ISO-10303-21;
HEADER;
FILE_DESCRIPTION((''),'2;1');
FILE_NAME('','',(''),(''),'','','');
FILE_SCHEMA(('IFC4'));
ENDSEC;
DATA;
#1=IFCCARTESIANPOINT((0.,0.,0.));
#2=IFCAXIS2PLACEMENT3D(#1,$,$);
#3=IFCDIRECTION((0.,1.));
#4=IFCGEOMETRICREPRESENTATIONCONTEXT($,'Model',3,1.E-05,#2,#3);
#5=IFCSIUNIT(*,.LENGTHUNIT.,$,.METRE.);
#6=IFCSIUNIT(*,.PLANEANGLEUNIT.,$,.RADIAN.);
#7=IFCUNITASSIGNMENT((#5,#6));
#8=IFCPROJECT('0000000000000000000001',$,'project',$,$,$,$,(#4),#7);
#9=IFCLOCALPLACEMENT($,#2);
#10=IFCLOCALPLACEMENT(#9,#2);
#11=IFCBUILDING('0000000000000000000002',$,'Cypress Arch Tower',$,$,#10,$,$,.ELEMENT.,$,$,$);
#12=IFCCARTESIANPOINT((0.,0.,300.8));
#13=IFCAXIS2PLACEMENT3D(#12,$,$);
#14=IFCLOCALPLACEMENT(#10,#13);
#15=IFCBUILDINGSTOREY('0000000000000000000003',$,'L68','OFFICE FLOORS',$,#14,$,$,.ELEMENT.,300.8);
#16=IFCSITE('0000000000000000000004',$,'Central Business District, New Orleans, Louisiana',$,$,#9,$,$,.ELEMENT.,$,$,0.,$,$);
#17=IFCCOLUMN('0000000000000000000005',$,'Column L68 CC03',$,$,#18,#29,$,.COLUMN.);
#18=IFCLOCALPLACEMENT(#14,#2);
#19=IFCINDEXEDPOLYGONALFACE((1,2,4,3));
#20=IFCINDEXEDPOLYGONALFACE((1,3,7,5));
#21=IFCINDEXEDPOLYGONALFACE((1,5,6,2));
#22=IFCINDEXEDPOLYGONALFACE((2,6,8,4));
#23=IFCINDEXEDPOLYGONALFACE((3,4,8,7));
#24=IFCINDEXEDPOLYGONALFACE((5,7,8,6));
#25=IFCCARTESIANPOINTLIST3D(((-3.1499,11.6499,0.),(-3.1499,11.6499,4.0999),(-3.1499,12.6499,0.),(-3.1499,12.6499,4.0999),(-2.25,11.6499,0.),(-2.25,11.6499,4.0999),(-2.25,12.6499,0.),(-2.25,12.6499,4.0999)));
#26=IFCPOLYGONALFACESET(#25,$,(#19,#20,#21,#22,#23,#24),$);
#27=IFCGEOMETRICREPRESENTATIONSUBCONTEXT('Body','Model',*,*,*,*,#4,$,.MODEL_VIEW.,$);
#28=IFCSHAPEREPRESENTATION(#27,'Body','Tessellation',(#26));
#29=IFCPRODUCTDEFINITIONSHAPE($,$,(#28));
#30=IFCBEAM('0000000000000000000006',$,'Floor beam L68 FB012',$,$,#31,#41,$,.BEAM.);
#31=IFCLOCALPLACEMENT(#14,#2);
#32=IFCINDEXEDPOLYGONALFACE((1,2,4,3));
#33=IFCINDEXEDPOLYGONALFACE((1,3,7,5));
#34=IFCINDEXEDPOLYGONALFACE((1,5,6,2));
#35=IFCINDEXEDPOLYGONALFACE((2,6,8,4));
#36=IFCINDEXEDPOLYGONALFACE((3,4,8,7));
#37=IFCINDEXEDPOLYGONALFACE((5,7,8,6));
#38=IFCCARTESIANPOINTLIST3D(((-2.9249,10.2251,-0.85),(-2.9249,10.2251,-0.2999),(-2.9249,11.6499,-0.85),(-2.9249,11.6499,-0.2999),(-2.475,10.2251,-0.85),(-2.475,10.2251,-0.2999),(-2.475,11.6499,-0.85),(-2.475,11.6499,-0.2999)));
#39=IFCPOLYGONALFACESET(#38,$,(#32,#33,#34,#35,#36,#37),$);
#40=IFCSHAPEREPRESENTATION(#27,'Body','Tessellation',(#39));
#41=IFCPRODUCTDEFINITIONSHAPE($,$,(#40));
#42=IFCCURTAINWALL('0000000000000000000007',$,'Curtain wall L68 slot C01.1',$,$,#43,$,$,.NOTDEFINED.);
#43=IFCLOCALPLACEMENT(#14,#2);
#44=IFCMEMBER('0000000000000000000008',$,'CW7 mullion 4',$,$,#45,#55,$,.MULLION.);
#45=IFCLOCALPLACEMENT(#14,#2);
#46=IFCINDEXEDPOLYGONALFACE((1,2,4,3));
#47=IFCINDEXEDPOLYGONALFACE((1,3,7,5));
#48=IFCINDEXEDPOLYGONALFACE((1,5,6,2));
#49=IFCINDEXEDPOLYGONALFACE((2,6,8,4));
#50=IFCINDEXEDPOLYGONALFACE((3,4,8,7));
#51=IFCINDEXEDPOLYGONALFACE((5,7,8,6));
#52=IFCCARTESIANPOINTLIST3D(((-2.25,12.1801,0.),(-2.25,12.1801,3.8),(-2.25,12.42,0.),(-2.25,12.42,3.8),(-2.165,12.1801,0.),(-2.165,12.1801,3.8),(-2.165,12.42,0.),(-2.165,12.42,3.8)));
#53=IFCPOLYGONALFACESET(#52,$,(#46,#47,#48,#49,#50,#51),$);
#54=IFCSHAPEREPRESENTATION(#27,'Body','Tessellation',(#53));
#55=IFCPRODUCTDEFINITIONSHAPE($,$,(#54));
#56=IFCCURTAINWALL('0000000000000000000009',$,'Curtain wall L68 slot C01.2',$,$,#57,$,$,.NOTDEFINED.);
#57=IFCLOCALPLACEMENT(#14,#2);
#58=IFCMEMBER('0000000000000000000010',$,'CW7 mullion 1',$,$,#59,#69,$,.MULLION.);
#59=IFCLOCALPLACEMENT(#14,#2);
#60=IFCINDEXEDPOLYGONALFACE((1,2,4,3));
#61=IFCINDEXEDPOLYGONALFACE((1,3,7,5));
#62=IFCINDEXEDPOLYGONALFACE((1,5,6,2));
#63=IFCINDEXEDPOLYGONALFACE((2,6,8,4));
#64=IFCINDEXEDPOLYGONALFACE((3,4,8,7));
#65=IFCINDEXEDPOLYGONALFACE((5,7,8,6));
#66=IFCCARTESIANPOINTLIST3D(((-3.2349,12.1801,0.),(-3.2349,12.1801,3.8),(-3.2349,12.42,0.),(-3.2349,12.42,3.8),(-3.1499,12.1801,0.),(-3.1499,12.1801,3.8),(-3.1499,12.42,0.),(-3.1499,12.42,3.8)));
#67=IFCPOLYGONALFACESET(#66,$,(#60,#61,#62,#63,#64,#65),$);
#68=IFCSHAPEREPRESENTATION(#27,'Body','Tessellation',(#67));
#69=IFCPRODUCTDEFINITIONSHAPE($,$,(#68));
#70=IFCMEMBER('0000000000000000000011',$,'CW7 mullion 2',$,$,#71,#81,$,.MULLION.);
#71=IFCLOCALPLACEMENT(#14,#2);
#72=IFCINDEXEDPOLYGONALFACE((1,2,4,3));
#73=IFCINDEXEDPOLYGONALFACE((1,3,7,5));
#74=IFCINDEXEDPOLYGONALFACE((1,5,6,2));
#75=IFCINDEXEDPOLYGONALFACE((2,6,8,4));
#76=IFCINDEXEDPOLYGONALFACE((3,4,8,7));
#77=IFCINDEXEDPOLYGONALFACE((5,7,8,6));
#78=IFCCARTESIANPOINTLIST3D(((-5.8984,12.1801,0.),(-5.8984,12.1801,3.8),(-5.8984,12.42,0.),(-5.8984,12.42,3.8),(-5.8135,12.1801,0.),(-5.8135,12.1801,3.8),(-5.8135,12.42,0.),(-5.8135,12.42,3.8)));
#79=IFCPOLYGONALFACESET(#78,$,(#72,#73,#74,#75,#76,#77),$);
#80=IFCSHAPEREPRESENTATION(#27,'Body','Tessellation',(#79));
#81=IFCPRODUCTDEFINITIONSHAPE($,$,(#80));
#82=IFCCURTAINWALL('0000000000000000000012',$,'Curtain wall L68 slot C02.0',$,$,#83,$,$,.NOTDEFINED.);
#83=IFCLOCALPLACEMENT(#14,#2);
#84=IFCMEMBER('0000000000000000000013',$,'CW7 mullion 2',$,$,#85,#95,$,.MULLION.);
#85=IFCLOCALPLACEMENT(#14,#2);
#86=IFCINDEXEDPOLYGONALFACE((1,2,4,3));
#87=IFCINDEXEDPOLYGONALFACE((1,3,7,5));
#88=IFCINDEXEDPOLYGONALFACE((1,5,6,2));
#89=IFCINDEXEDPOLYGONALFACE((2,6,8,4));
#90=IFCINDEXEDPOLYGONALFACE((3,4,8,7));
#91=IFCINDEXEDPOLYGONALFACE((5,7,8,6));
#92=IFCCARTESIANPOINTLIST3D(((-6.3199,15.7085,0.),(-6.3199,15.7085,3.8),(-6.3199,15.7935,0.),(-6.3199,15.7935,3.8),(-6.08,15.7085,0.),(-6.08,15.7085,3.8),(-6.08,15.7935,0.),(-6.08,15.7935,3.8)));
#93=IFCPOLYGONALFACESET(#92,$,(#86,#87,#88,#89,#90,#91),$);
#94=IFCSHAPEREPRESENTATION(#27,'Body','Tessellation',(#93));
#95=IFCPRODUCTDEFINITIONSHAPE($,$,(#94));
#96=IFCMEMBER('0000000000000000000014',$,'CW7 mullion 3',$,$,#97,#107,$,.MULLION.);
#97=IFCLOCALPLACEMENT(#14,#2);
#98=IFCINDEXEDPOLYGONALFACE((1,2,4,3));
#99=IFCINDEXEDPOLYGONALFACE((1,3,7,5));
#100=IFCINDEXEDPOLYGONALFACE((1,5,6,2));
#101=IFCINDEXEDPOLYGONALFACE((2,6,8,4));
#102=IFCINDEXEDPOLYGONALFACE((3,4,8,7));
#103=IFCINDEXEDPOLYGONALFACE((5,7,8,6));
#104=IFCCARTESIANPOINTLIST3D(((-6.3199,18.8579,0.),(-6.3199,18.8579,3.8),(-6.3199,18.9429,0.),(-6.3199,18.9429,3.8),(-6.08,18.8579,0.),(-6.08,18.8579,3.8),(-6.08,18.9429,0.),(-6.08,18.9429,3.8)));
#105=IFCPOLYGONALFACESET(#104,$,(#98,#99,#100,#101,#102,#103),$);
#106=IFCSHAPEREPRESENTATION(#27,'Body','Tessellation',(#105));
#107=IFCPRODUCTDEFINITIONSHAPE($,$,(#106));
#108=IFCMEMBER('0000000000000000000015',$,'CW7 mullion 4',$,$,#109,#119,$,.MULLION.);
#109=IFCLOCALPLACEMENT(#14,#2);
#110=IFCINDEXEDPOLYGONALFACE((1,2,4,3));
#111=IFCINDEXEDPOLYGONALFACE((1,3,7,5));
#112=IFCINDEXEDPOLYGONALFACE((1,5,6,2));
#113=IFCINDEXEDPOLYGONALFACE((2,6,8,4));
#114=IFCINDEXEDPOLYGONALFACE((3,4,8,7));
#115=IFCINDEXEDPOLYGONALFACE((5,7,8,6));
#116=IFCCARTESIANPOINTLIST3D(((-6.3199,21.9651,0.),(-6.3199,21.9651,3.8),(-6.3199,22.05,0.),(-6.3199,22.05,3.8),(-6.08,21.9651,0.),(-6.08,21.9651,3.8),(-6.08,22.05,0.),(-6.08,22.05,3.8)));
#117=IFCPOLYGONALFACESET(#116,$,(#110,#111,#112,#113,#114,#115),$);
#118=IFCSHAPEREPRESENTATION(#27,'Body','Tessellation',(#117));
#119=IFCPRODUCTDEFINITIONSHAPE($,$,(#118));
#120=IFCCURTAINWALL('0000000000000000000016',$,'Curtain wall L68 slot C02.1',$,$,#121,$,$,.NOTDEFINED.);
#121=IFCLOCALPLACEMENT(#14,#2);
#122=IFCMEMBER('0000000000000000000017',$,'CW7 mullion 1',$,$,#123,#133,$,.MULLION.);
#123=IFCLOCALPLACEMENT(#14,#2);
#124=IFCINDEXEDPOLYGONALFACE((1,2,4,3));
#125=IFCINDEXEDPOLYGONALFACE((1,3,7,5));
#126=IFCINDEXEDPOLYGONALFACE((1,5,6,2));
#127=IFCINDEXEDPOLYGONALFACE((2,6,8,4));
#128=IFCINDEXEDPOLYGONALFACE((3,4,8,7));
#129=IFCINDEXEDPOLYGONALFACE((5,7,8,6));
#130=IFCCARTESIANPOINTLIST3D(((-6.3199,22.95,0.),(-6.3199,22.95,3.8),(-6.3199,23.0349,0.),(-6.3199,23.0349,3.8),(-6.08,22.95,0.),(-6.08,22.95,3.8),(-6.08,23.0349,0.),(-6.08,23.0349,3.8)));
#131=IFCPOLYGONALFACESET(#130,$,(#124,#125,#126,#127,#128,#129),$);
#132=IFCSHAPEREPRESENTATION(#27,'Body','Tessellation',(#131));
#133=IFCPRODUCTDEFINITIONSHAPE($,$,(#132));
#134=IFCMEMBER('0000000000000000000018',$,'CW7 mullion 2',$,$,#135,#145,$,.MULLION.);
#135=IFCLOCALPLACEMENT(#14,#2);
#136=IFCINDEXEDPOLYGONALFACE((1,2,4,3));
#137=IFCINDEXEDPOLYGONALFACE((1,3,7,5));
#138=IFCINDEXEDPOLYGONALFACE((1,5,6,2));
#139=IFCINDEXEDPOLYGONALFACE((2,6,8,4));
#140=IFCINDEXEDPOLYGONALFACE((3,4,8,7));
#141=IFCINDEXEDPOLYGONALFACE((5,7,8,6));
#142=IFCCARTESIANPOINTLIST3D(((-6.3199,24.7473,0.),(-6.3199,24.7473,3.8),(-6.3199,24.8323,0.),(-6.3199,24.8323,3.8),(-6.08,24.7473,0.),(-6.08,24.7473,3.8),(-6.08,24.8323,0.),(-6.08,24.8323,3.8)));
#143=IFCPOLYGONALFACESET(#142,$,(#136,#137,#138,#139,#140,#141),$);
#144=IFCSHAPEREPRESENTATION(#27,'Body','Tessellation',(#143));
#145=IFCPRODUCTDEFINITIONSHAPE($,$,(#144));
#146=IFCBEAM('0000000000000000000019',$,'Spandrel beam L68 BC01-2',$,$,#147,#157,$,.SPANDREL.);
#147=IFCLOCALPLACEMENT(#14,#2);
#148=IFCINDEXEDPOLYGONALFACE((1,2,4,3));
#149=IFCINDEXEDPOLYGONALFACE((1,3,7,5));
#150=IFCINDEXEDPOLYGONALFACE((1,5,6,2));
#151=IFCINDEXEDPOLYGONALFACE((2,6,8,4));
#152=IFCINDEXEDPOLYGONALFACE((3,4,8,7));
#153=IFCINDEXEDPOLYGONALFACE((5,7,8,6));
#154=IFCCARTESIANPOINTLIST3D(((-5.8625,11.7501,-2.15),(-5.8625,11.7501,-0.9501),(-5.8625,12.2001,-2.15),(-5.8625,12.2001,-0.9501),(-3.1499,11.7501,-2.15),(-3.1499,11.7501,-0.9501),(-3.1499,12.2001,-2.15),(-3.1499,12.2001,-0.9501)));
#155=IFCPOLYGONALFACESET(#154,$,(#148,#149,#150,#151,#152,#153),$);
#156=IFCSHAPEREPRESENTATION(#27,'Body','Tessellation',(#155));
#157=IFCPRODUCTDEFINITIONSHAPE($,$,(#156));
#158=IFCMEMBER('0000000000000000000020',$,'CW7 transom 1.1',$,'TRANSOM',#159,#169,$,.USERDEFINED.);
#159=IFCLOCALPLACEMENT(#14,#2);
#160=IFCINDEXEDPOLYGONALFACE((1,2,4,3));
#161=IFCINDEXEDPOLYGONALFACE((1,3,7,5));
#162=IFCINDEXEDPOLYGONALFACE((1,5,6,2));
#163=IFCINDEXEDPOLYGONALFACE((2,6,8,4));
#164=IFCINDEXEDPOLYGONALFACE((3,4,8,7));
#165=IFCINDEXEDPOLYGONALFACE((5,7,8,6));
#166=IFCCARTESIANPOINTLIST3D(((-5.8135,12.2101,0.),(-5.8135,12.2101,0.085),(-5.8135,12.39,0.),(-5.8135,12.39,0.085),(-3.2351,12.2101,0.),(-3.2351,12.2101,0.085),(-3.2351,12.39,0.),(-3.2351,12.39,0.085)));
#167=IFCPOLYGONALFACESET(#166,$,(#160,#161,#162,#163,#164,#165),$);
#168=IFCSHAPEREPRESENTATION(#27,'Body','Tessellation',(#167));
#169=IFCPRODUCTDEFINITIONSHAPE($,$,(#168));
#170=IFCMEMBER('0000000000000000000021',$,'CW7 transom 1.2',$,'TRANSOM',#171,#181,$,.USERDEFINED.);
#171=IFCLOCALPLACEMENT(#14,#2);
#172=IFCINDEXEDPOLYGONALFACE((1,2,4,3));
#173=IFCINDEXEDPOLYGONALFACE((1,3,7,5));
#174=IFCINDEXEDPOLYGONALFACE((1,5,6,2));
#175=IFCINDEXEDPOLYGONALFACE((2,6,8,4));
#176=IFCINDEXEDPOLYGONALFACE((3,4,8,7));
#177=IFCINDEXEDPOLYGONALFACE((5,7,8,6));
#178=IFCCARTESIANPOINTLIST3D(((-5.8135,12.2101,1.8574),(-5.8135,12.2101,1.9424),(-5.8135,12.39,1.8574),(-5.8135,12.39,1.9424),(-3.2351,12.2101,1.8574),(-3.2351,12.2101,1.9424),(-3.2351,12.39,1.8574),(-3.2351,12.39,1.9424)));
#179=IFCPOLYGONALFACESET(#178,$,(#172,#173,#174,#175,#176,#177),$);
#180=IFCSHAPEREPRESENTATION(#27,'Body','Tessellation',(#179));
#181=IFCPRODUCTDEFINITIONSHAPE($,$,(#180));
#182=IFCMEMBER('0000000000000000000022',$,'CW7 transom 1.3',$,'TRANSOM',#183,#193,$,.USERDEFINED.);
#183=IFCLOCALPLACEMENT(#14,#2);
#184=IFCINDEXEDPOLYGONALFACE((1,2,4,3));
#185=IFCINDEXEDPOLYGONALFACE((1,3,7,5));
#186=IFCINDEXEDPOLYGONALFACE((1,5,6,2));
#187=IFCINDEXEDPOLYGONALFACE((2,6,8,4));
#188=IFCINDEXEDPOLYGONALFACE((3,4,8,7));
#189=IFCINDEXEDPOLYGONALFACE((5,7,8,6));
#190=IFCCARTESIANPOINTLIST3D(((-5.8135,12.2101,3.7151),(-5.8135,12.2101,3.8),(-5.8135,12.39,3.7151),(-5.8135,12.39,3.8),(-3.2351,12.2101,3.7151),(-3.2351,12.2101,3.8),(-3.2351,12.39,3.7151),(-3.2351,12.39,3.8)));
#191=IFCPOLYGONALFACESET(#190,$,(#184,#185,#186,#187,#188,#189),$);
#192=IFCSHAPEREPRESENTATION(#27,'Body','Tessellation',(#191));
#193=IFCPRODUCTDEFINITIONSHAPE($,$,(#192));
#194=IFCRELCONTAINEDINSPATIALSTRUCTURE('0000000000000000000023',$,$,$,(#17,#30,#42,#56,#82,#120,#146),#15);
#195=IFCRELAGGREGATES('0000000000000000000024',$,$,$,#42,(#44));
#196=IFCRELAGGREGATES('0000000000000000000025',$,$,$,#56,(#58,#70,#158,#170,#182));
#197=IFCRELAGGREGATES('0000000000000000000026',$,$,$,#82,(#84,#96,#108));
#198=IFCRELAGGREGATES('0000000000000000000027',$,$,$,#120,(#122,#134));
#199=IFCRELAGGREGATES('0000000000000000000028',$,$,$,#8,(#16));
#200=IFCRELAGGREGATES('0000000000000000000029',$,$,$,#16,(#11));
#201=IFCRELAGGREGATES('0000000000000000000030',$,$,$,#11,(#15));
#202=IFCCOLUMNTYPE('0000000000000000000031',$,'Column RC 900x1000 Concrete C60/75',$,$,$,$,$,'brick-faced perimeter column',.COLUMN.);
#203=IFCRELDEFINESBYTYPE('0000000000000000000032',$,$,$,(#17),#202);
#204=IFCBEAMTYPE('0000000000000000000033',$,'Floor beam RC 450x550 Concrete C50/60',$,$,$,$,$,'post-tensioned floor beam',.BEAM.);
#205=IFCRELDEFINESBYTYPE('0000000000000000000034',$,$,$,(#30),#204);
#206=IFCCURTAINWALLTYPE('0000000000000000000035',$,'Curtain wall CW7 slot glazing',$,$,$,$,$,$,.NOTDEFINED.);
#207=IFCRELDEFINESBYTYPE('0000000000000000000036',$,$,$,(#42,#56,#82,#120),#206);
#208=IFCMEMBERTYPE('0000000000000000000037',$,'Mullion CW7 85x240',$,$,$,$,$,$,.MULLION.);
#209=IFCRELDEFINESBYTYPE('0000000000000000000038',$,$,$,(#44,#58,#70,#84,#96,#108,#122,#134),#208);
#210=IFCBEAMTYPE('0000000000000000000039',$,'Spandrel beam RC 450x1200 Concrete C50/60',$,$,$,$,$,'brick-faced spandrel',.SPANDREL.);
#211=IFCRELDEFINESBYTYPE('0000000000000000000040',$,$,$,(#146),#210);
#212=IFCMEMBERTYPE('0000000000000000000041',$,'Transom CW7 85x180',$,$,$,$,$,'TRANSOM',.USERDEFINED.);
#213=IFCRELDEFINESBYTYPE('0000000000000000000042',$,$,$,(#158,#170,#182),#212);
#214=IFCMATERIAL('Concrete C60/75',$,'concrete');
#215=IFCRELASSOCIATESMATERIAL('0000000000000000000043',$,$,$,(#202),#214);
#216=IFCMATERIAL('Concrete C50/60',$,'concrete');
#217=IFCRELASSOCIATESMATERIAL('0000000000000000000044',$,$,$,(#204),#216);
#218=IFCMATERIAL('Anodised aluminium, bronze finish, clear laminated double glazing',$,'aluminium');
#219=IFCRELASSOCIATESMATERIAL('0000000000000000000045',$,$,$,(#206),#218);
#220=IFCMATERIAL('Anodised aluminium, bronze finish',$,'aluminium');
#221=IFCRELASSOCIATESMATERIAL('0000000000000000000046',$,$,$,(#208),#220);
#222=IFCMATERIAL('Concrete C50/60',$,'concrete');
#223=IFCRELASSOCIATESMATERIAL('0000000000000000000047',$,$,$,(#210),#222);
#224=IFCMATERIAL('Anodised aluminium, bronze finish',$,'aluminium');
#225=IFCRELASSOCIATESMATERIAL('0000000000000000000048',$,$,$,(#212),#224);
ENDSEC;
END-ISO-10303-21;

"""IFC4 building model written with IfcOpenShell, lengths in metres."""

from ifc_helpers import new_model, si_unit, direction, frame, origin, origin_2d, place, context, subcontext, project, spatial, rectangle, extrude, material, material_profile, profile_set, type_object, element, aggregate, save


model = new_model("IFC4")

# Units and contexts
model_context = context("Model", 3, precision=1e-05, world=origin(), true_north=direction((0.0, 1.0)))
body_context = subcontext(model_context, "Body", "Model", "MODEL_VIEW")
ifc_project = project(units=[si_unit("LENGTHUNIT", "METRE"), si_unit("PLANEANGLEUNIT", "RADIAN")], contexts=[model_context])

# Site, building, storey
site_placement = place(None, origin())
site = spatial("IfcSite", under=ifc_project, at=site_placement, Name="Central Business District, New Orleans, Louisiana", CompositionType="ELEMENT", RefElevation=0.0)
building_placement = place(site_placement, origin())
building = spatial("IfcBuilding", under=site, at=building_placement, Name="Cypress Arch Tower", CompositionType="ELEMENT")
storey_placement = place(building_placement, frame((0.0, 0.0, 300.8)))
storey = spatial("IfcBuildingStorey", under=building, at=storey_placement, Name="L68", Description="OFFICE FLOORS", CompositionType="ELEMENT", Elevation=300.8)

# Column
ifc_material_1 = material(Name="Concrete C60/75", Category="concrete")
ifc_material_profile_1 = material_profile(ifc_material_1, rectangle(XDim=0.8999, YDim=1.0, at=origin_2d()), Name="RC 900x1000")
ifc_profile_set_1 = profile_set([ifc_material_profile_1], Name="Concrete C60/75")
column_type = type_object("IfcColumnType", Name="Column RC 900x1000 Concrete C60/75", ElementType="brick-faced perimeter column", PredefinedType="COLUMN", material=ifc_profile_set_1)
column_placement = place(storey_placement, frame((-2.7, 12.1499, 0.0), z_axis=(0.0, 0.0, 1.0), x_axis=(-1.0, 0.0, 0.0)))
element("IfcColumn", 1, at=column_placement, inside=storey, type_object=column_type, Name="Column L68 CC03", PredefinedType="COLUMN", context=body_context, shape_type="SweptSolid", body=[
    extrude(rectangle(XDim=0.8999, YDim=1.0, at=origin_2d()), origin(), (0.0, 0.0, 1.0), 4.0999),
])

# Beam
ifc_material_2 = material(Name="Concrete C50/60", Category="concrete")
ifc_material_profile_2 = material_profile(ifc_material_2, rectangle(XDim=0.45, YDim=0.55, at=origin_2d()), Name="RC 450x550")
ifc_profile_set_2 = profile_set([ifc_material_profile_2], Name="Concrete C50/60")
beam_type_1 = type_object("IfcBeamType", Name="Floor beam RC 450x550 Concrete C50/60", ElementType="post-tensioned floor beam", PredefinedType="BEAM", material=ifc_profile_set_2)
beam_1_placement = place(storey_placement, frame((-2.7, 10.2251, -0.575), z_axis=(0.0, 1.0, 0.0), x_axis=(-1.0, 0.0, 0.0)))
element("IfcBeam", 2, at=beam_1_placement, inside=storey, type_object=beam_type_1, Name="Floor beam L68 FB012", PredefinedType="BEAM", context=body_context, shape_type="SweptSolid", body=[
    extrude(rectangle(XDim=0.45, YDim=0.55, at=origin_2d()), origin(), (0.0, 0.0, 1.0), 1.4248),
])

# Curtain wall, member
ifc_material_3 = material(Name="Anodised aluminium, bronze finish, clear laminated double glazing", Category="aluminium")
curtain_wall_type = type_object("IfcCurtainWallType", Name="Curtain wall CW7 slot glazing", PredefinedType="NOTDEFINED", material=ifc_material_3)
curtain_wall_1_placement = place(storey_placement, origin())
curtain_wall_1 = element("IfcCurtainWall", 3, at=curtain_wall_1_placement, inside=storey, type_object=curtain_wall_type, Name="Curtain wall L68 slot C01.1", PredefinedType="NOTDEFINED")
ifc_material_4 = material(Name="Anodised aluminium, bronze finish", Category="aluminium")
ifc_material_profile_3 = material_profile(ifc_material_4, rectangle(XDim=0.24, YDim=0.085, at=origin_2d()), Name="Mullion 85x240")
ifc_profile_set_3 = profile_set([ifc_material_profile_3], Name="Anodised aluminium, bronze finish")
member_type_1 = type_object("IfcMemberType", Name="Mullion CW7 85x240", PredefinedType="MULLION", material=ifc_profile_set_3)
member_1_placement = place(storey_placement, frame((-2.2075, 12.3, 0.0), z_axis=(0.0, 0.0, 1.0), x_axis=(0.0, -1.0, 0.0)))
member_1 = element("IfcMember", 4, at=member_1_placement, type_object=member_type_1, Name="CW7 mullion 4", PredefinedType="MULLION", context=body_context, shape_type="SweptSolid", body=[
    extrude(rectangle(XDim=0.24, YDim=0.085, at=origin_2d()), origin(), (0.0, 0.0, 1.0), 3.8),
])

# Curtain walls, members
curtain_wall_2_placement = place(storey_placement, origin())
curtain_wall_2 = element("IfcCurtainWall", 5, at=curtain_wall_2_placement, inside=storey, type_object=curtain_wall_type, Name="Curtain wall L68 slot C01.2", PredefinedType="NOTDEFINED")
member_2_placement = place(storey_placement, frame((-3.1924, 12.3, 0.0), z_axis=(0.0, 0.0, 1.0), x_axis=(0.0, -1.0, 0.0)))
member_2 = element("IfcMember", 6, at=member_2_placement, type_object=member_type_1, Name="CW7 mullion 1", PredefinedType="MULLION", context=body_context, shape_type="SweptSolid", body=[
    extrude(rectangle(XDim=0.24, YDim=0.085, at=origin_2d()), origin(), (0.0, 0.0, 1.0), 3.8),
])
member_3_placement = place(storey_placement, frame((-5.856, 12.3, 0.0), z_axis=(0.0, 0.0, 1.0), x_axis=(0.0, -1.0, 0.0)))
member_3 = element("IfcMember", 7, at=member_3_placement, type_object=member_type_1, Name="CW7 mullion 2", PredefinedType="MULLION", context=body_context, shape_type="SweptSolid", body=[
    extrude(rectangle(XDim=0.24, YDim=0.085, at=origin_2d()), origin(), (0.0, 0.0, 1.0), 3.8),
])
curtain_wall_3_placement = place(storey_placement, origin())
curtain_wall_3 = element("IfcCurtainWall", 8, at=curtain_wall_3_placement, inside=storey, type_object=curtain_wall_type, Name="Curtain wall L68 slot C02.0", PredefinedType="NOTDEFINED")
member_4_placement = place(storey_placement, frame((-6.2, 15.751, 0.0), z_axis=(0.0, 0.0, 1.0), x_axis=(-1.0, 0.0, 0.0)))
member_4 = element("IfcMember", 9, at=member_4_placement, type_object=member_type_1, Name="CW7 mullion 2", PredefinedType="MULLION", context=body_context, shape_type="SweptSolid", body=[
    extrude(rectangle(XDim=0.24, YDim=0.085, at=origin_2d()), origin(), (0.0, 0.0, 1.0), 3.8),
])
member_5_placement = place(storey_placement, frame((-6.2, 18.9004, 0.0), z_axis=(0.0, 0.0, 1.0), x_axis=(-1.0, 0.0, 0.0)))
member_5 = element("IfcMember", 10, at=member_5_placement, type_object=member_type_1, Name="CW7 mullion 3", PredefinedType="MULLION", context=body_context, shape_type="SweptSolid", body=[
    extrude(rectangle(XDim=0.24, YDim=0.085, at=origin_2d()), origin(), (0.0, 0.0, 1.0), 3.8),
])
member_6_placement = place(storey_placement, frame((-6.2, 22.0076, 0.0), z_axis=(0.0, 0.0, 1.0), x_axis=(-1.0, 0.0, 0.0)))
member_6 = element("IfcMember", 11, at=member_6_placement, type_object=member_type_1, Name="CW7 mullion 4", PredefinedType="MULLION", context=body_context, shape_type="SweptSolid", body=[
    extrude(rectangle(XDim=0.24, YDim=0.085, at=origin_2d()), origin(), (0.0, 0.0, 1.0), 3.8),
])
curtain_wall_4_placement = place(storey_placement, origin())
curtain_wall_4 = element("IfcCurtainWall", 12, at=curtain_wall_4_placement, inside=storey, type_object=curtain_wall_type, Name="Curtain wall L68 slot C02.1", PredefinedType="NOTDEFINED")
member_7_placement = place(storey_placement, frame((-6.2, 22.9924, 0.0), z_axis=(0.0, 0.0, 1.0), x_axis=(-1.0, 0.0, 0.0)))
member_7 = element("IfcMember", 13, at=member_7_placement, type_object=member_type_1, Name="CW7 mullion 1", PredefinedType="MULLION", context=body_context, shape_type="SweptSolid", body=[
    extrude(rectangle(XDim=0.24, YDim=0.085, at=origin_2d()), origin(), (0.0, 0.0, 1.0), 3.8),
])
member_8_placement = place(storey_placement, frame((-6.2, 24.7898, 0.0), z_axis=(0.0, 0.0, 1.0), x_axis=(-1.0, 0.0, 0.0)))
member_8 = element("IfcMember", 14, at=member_8_placement, type_object=member_type_1, Name="CW7 mullion 2", PredefinedType="MULLION", context=body_context, shape_type="SweptSolid", body=[
    extrude(rectangle(XDim=0.24, YDim=0.085, at=origin_2d()), origin(), (0.0, 0.0, 1.0), 3.8),
])

# Beam
ifc_material_5 = material(Name="Concrete C50/60", Category="concrete")
ifc_material_profile_4 = material_profile(ifc_material_5, rectangle(XDim=0.45, YDim=1.2, at=origin_2d()), Name="RC 450x1200")
ifc_profile_set_4 = profile_set([ifc_material_profile_4], Name="Concrete C50/60")
beam_type_2 = type_object("IfcBeamType", Name="Spandrel beam RC 450x1200 Concrete C50/60", ElementType="brick-faced spandrel", PredefinedType="SPANDREL", material=ifc_profile_set_4)
beam_2_placement = place(storey_placement, frame((-3.1499, 11.9751, -1.55), z_axis=(-1.0, 0.0, 0.0), x_axis=(0.0, -1.0, 0.0)))
element("IfcBeam", 15, at=beam_2_placement, inside=storey, type_object=beam_type_2, Name="Spandrel beam L68 BC01-2", PredefinedType="SPANDREL", context=body_context, shape_type="SweptSolid", body=[
    extrude(rectangle(XDim=0.45, YDim=1.2, at=origin_2d()), origin(), (0.0, 0.0, 1.0), 2.7126),
])

# Members
ifc_material_6 = material(Name="Anodised aluminium, bronze finish", Category="aluminium")
ifc_material_profile_5 = material_profile(ifc_material_6, rectangle(XDim=0.1799, YDim=0.085, at=origin_2d()), Name="Transom 85x180")
ifc_profile_set_5 = profile_set([ifc_material_profile_5], Name="Anodised aluminium, bronze finish")
member_type_2 = type_object("IfcMemberType", Name="Transom CW7 85x180", ElementType="TRANSOM", PredefinedType="USERDEFINED", material=ifc_profile_set_5)
member_9_placement = place(storey_placement, frame((-3.2351, 12.3, 0.0425), z_axis=(-1.0, 0.0, 0.0), x_axis=(0.0, -1.0, 0.0)))
member_9 = element("IfcMember", 16, at=member_9_placement, type_object=member_type_2, Name="CW7 transom 1.1", ObjectType="TRANSOM", PredefinedType="USERDEFINED", context=body_context, shape_type="SweptSolid", body=[
    extrude(rectangle(XDim=0.1799, YDim=0.085, at=origin_2d()), origin(), (0.0, 0.0, 1.0), 2.5784),
])
member_10_placement = place(storey_placement, frame((-3.2351, 12.3, 1.8999), z_axis=(-1.0, 0.0, 0.0), x_axis=(0.0, -1.0, 0.0)))
member_10 = element("IfcMember", 17, at=member_10_placement, type_object=member_type_2, Name="CW7 transom 1.2", ObjectType="TRANSOM", PredefinedType="USERDEFINED", context=body_context, shape_type="SweptSolid", body=[
    extrude(rectangle(XDim=0.1799, YDim=0.085, at=origin_2d()), origin(), (0.0, 0.0, 1.0), 2.5784),
])
member_11_placement = place(storey_placement, frame((-3.2351, 12.3, 3.7576), z_axis=(-1.0, 0.0, 0.0), x_axis=(0.0, -1.0, 0.0)))
member_11 = element("IfcMember", 18, at=member_11_placement, type_object=member_type_2, Name="CW7 transom 1.3", ObjectType="TRANSOM", PredefinedType="USERDEFINED", context=body_context, shape_type="SweptSolid", body=[
    extrude(rectangle(XDim=0.1799, YDim=0.085, at=origin_2d()), origin(), (0.0, 0.0, 1.0), 2.5784),
])

aggregate(curtain_wall_1, [member_1])
aggregate(curtain_wall_2, [member_2, member_3, member_9, member_10, member_11])
aggregate(curtain_wall_3, [member_4, member_5, member_6])
aggregate(curtain_wall_4, [member_7, member_8])

save(model, "model.ifc")
